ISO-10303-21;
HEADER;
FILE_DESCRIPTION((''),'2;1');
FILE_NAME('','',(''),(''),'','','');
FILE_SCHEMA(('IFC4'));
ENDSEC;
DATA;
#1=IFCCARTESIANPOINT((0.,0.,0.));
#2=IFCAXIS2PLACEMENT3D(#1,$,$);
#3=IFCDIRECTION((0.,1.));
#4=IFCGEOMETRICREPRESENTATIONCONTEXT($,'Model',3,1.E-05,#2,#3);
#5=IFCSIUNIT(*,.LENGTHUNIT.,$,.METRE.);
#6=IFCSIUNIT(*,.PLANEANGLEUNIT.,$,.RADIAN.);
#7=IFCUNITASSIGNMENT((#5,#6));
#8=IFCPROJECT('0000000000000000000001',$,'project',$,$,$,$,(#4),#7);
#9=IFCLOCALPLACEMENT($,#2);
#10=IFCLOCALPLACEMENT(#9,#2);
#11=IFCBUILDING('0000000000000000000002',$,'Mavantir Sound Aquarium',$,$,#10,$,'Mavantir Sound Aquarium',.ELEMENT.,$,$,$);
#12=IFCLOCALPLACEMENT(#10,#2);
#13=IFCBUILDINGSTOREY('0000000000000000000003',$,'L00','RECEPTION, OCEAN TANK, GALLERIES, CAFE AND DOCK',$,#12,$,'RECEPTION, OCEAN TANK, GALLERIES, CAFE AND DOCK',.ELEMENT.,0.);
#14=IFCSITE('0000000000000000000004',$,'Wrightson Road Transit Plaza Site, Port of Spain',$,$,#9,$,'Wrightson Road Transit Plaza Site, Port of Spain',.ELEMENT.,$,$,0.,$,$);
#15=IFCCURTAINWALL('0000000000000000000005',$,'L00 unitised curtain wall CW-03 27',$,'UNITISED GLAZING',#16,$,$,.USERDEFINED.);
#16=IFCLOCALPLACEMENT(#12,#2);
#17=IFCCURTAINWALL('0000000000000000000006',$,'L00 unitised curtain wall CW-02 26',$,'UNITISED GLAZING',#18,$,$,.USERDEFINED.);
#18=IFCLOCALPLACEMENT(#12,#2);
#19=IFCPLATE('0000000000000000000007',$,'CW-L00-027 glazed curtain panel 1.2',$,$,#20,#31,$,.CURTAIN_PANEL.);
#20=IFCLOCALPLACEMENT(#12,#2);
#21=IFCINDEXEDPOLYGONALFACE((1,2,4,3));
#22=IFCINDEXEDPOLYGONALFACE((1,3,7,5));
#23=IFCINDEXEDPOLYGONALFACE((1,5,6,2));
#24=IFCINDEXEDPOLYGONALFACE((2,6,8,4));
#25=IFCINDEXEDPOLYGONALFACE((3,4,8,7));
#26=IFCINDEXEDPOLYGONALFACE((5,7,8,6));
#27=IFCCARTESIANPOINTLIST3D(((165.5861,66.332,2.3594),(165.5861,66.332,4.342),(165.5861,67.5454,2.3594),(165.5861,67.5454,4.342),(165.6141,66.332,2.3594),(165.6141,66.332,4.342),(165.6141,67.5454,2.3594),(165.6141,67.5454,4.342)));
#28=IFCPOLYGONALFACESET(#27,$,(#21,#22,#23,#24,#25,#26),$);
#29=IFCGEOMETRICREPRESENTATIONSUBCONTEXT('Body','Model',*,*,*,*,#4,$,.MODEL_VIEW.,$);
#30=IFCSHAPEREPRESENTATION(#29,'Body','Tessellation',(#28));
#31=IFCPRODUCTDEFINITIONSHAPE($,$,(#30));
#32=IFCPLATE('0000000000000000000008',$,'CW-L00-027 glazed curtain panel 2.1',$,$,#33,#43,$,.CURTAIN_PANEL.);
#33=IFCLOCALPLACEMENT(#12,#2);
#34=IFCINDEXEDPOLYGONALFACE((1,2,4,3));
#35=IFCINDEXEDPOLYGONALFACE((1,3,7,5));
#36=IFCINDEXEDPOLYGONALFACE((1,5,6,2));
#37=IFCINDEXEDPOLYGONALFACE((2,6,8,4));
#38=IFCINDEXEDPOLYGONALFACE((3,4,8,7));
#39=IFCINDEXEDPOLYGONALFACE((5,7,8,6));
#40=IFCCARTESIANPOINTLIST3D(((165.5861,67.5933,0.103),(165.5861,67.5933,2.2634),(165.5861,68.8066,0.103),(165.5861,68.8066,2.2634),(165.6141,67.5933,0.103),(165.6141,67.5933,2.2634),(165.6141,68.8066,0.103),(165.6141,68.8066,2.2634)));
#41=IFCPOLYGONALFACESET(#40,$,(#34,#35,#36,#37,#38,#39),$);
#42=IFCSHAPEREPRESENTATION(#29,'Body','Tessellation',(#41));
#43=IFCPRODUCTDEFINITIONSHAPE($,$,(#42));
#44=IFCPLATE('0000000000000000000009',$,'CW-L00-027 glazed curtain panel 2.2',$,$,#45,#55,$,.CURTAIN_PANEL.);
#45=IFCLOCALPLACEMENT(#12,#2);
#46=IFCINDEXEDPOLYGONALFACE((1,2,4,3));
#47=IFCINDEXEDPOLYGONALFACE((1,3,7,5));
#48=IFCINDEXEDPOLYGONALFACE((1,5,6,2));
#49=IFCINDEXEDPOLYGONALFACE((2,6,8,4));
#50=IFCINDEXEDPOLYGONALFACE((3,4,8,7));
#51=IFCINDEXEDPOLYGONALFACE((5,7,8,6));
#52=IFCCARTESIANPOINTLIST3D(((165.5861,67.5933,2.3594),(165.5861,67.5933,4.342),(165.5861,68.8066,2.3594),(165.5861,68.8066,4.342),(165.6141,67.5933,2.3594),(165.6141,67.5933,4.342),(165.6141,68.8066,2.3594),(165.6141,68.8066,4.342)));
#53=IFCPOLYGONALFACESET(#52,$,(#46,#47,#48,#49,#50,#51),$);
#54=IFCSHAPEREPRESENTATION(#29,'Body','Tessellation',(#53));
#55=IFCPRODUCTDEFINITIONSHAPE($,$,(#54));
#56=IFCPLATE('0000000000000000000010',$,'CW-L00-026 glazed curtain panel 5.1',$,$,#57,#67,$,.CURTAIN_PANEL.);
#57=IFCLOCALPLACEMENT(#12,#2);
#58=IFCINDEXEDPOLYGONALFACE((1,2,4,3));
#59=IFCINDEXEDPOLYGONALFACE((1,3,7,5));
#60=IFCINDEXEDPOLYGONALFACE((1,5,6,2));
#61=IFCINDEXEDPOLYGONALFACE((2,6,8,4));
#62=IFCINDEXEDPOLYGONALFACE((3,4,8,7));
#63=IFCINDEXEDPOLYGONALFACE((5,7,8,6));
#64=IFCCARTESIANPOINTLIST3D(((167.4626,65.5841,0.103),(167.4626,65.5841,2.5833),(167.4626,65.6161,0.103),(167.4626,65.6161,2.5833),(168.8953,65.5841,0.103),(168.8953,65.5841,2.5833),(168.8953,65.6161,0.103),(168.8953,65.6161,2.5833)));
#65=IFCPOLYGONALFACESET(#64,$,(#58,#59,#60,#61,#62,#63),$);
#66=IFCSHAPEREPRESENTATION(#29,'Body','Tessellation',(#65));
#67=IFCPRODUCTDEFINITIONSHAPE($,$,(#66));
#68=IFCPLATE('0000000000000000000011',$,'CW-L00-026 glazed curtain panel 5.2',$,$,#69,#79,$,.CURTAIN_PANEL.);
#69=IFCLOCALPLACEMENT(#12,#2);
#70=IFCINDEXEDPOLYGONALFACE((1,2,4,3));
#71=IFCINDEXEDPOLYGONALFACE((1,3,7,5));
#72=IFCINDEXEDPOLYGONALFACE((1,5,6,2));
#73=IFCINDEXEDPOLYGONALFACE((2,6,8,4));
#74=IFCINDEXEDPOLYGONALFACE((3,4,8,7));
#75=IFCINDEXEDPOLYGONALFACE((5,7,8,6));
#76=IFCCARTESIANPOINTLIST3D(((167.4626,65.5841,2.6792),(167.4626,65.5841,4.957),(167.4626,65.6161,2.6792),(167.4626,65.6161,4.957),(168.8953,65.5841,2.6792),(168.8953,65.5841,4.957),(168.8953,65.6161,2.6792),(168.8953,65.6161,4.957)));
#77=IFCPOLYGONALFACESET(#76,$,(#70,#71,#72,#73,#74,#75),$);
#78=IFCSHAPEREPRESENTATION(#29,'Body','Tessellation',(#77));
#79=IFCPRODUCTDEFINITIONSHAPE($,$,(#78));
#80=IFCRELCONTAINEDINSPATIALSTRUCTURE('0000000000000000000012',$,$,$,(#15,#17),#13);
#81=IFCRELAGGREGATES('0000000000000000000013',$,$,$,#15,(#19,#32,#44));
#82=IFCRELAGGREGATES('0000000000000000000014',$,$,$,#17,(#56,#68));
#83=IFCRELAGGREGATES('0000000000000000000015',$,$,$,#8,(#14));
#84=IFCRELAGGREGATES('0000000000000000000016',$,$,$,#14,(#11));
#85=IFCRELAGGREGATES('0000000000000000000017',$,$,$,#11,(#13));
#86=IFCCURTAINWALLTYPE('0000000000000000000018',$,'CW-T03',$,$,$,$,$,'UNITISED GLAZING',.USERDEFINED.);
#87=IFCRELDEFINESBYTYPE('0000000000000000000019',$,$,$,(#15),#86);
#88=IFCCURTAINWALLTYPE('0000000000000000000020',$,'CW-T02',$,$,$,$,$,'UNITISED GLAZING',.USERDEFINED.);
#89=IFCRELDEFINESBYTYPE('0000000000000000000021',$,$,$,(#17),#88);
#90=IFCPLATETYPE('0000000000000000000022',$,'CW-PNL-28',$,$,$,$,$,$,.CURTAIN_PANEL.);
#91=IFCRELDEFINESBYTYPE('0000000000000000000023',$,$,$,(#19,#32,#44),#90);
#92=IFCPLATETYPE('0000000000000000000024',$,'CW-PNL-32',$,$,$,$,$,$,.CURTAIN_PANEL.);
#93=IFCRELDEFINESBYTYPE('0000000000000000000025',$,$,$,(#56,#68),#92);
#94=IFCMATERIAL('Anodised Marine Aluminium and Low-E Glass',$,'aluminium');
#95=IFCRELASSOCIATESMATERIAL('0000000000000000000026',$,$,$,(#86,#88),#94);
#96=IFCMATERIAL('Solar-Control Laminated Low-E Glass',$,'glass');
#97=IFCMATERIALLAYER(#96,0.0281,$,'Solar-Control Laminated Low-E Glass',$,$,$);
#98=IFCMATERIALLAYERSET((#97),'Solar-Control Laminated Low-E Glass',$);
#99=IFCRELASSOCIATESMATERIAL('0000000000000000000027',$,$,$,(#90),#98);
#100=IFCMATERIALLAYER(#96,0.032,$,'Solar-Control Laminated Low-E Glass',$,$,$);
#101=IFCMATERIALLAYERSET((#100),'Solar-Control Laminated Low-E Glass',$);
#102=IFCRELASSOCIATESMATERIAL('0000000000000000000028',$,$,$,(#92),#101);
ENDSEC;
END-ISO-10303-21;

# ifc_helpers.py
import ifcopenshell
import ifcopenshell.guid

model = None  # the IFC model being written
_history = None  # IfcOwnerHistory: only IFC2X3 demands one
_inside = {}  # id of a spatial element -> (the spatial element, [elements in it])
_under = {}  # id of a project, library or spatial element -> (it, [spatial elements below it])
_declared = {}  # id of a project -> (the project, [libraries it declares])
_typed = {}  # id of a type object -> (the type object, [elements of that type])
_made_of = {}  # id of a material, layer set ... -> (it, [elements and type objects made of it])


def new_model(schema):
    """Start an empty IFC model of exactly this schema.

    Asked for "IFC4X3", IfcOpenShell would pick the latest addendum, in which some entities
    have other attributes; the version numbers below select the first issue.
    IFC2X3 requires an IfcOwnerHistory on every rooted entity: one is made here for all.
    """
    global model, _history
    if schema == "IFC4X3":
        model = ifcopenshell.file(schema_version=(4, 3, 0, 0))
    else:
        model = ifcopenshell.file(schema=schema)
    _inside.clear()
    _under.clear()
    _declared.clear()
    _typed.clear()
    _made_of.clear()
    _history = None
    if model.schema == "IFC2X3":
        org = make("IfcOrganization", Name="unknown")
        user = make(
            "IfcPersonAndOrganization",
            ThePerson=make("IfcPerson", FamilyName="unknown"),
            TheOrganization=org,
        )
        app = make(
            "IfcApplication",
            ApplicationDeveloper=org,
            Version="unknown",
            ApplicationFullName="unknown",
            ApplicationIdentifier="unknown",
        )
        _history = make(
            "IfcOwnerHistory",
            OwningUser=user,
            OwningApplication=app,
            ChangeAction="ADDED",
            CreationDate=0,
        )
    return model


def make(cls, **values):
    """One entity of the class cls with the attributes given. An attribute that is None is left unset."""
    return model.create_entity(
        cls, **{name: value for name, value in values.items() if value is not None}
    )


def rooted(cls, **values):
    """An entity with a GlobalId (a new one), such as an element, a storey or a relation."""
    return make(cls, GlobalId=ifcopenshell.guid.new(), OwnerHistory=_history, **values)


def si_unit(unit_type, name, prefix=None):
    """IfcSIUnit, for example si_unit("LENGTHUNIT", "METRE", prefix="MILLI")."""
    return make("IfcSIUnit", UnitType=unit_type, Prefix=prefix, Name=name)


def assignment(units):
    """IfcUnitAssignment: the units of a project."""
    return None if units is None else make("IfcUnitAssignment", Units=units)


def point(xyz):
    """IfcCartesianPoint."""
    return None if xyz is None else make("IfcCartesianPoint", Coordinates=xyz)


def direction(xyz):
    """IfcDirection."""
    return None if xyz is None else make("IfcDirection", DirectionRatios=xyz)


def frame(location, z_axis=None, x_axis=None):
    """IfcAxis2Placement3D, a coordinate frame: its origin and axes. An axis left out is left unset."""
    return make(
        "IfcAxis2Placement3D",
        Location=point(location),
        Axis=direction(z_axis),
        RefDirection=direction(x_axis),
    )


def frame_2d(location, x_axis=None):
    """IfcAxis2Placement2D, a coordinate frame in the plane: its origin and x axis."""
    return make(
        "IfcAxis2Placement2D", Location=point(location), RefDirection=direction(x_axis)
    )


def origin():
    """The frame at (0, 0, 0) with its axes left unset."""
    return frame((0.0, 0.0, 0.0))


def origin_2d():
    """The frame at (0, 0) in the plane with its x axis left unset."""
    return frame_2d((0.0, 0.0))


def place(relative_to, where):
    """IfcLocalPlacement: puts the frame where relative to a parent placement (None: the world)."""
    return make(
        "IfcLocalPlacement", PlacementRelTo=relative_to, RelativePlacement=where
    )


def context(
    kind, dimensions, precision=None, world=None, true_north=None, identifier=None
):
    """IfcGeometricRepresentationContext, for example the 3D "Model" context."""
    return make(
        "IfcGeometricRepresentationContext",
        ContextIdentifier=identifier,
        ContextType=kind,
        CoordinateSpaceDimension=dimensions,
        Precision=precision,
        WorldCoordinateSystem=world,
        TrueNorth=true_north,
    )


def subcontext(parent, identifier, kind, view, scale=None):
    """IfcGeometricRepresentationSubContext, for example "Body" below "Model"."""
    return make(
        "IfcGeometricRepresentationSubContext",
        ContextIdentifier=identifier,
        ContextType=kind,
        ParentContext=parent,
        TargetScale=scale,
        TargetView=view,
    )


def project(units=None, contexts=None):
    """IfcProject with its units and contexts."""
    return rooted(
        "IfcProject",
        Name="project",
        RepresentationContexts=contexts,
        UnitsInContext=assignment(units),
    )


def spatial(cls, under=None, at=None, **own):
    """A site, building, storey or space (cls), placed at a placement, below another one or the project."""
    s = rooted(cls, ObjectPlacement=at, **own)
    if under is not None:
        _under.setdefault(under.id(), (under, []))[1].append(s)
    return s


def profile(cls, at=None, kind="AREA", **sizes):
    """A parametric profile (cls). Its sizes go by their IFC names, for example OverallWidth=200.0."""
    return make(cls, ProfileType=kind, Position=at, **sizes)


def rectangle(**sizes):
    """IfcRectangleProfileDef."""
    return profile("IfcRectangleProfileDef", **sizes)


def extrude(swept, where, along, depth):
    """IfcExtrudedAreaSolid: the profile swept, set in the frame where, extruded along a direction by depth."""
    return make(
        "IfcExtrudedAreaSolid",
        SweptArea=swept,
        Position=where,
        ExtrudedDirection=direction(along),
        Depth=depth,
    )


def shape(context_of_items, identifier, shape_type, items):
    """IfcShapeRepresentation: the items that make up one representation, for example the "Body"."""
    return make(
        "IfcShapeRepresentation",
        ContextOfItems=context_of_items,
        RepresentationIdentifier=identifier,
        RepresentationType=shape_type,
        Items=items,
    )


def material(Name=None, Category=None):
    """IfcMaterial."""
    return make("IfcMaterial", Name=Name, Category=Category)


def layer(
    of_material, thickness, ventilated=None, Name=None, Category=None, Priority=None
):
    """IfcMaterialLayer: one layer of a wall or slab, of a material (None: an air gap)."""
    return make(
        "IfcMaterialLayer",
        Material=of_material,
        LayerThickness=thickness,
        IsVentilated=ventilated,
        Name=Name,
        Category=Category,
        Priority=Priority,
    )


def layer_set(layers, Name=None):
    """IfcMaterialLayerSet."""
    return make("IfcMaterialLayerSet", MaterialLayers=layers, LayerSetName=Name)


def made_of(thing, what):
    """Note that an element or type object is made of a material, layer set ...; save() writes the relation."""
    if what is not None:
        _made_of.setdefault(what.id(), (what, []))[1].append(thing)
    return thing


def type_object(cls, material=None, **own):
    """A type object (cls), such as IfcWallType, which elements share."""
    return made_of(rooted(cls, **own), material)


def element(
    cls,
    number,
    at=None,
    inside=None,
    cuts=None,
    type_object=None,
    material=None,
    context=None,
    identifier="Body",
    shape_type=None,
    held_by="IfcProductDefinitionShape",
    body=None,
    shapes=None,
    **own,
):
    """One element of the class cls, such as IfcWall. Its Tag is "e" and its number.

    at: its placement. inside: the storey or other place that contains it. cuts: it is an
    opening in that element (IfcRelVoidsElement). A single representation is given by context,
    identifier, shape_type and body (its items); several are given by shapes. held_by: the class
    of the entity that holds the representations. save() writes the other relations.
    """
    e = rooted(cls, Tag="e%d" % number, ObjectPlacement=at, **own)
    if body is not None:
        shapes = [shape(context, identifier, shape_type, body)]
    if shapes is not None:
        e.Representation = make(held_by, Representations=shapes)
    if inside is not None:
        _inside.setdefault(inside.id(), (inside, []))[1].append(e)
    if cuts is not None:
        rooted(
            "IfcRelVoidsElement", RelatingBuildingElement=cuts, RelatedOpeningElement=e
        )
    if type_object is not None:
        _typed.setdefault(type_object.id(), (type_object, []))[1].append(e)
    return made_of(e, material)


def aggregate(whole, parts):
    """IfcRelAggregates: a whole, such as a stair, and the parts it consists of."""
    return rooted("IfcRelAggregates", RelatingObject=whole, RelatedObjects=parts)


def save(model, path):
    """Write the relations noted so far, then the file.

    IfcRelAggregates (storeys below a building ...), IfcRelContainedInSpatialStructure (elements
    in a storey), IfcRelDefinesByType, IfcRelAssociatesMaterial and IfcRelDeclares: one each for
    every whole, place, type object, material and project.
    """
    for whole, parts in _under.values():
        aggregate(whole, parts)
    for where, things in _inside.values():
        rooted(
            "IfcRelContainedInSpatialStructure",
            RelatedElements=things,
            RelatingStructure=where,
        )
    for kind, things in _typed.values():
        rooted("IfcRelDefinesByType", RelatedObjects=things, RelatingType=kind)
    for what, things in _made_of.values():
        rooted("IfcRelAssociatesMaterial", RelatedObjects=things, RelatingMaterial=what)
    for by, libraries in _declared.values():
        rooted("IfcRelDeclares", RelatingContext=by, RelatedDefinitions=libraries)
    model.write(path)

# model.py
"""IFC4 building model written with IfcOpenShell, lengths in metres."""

from ifc_helpers import new_model, si_unit, direction, frame, origin, origin_2d, place, context, subcontext, project, spatial, rectangle, extrude, material, layer, layer_set, type_object, element, aggregate, save


model = new_model("IFC4")

# Units and contexts
model_context = context("Model", 3, precision=1e-05, world=origin(), true_north=direction((0.0, 1.0)))
body_context = subcontext(model_context, "Body", "Model", "MODEL_VIEW")
ifc_project = project(units=[si_unit("LENGTHUNIT", "METRE"), si_unit("PLANEANGLEUNIT", "RADIAN")], contexts=[model_context])

# Site, building, storey
site_placement = place(None, origin())
site = spatial("IfcSite", under=ifc_project, at=site_placement, Name="Wrightson Road Transit Plaza Site, Port of Spain", LongName="Wrightson Road Transit Plaza Site, Port of Spain", CompositionType="ELEMENT", RefElevation=0.0)
building_placement = place(site_placement, origin())
building = spatial("IfcBuilding", under=site, at=building_placement, Name="Mavantir Sound Aquarium", LongName="Mavantir Sound Aquarium", CompositionType="ELEMENT")
storey_placement = place(building_placement, origin())
storey = spatial("IfcBuildingStorey", under=building, at=storey_placement, Name="L00", Description="RECEPTION, OCEAN TANK, GALLERIES, CAFE AND DOCK", LongName="RECEPTION, OCEAN TANK, GALLERIES, CAFE AND DOCK", CompositionType="ELEMENT", Elevation=0.0)

# Curtain walls
ifc_material_1 = material(Name="Anodised Marine Aluminium and Low-E Glass", Category="aluminium")
curtain_wall_type_1 = type_object("IfcCurtainWallType", Name="CW-T03", ElementType="UNITISED GLAZING", PredefinedType="USERDEFINED", material=ifc_material_1)
curtain_wall_1_placement = place(storey_placement, origin())
curtain_wall_1 = element("IfcCurtainWall", 1, at=curtain_wall_1_placement, inside=storey, type_object=curtain_wall_type_1, Name="L00 unitised curtain wall CW-03 27", ObjectType="UNITISED GLAZING", PredefinedType="USERDEFINED")
curtain_wall_type_2 = type_object("IfcCurtainWallType", Name="CW-T02", ElementType="UNITISED GLAZING", PredefinedType="USERDEFINED", material=ifc_material_1)
curtain_wall_2_placement = place(storey_placement, origin())
curtain_wall_2 = element("IfcCurtainWall", 2, at=curtain_wall_2_placement, inside=storey, type_object=curtain_wall_type_2, Name="L00 unitised curtain wall CW-02 26", ObjectType="UNITISED GLAZING", PredefinedType="USERDEFINED")

# Plates
ifc_material_2 = material(Name="Solar-Control Laminated Low-E Glass", Category="glass")
ifc_layer_1 = layer(ifc_material_2, 0.0281, Name="Solar-Control Laminated Low-E Glass")
ifc_layer_set_1 = layer_set([ifc_layer_1], Name="Solar-Control Laminated Low-E Glass")
plate_type_1 = type_object("IfcPlateType", Name="CW-PNL-28", PredefinedType="CURTAIN_PANEL", material=ifc_layer_set_1)
plate_1_placement = place(storey_placement, frame((165.6001, 66.9387, 2.3594), z_axis=(0.0, 0.0, 1.0), x_axis=(0.0, 1.0, 0.0)))
plate_1 = element("IfcPlate", 3, at=plate_1_placement, type_object=plate_type_1, Name="CW-L00-027 glazed curtain panel 1.2", PredefinedType="CURTAIN_PANEL", context=body_context, shape_type="SweptSolid", body=[
    extrude(rectangle(XDim=1.2134, YDim=0.0281, at=origin_2d()), origin(), (0.0, 0.0, 1.0), 1.9827),
])
plate_2_placement = place(storey_placement, frame((165.6001, 68.2, 0.103), z_axis=(0.0, 0.0, 1.0), x_axis=(0.0, 1.0, 0.0)))
plate_2 = element("IfcPlate", 4, at=plate_2_placement, type_object=plate_type_1, Name="CW-L00-027 glazed curtain panel 2.1", PredefinedType="CURTAIN_PANEL", context=body_context, shape_type="SweptSolid", body=[
    extrude(rectangle(XDim=1.2134, YDim=0.0281, at=origin_2d()), origin(), (0.0, 0.0, 1.0), 2.1604),
])
plate_3_placement = place(storey_placement, frame((165.6001, 68.2, 2.3594), z_axis=(0.0, 0.0, 1.0), x_axis=(0.0, 1.0, 0.0)))
plate_3 = element("IfcPlate", 5, at=plate_3_placement, type_object=plate_type_1, Name="CW-L00-027 glazed curtain panel 2.2", PredefinedType="CURTAIN_PANEL", context=body_context, shape_type="SweptSolid", body=[
    extrude(rectangle(XDim=1.2134, YDim=0.0281, at=origin_2d()), origin(), (0.0, 0.0, 1.0), 1.9827),
])
aggregate(curtain_wall_1, [plate_1, plate_2, plate_3])
ifc_layer_2 = layer(ifc_material_2, 0.032, Name="Solar-Control Laminated Low-E Glass")
ifc_layer_set_2 = layer_set([ifc_layer_2], Name="Solar-Control Laminated Low-E Glass")
plate_type_2 = type_object("IfcPlateType", Name="CW-PNL-32", PredefinedType="CURTAIN_PANEL", material=ifc_layer_set_2)
plate_4_placement = place(storey_placement, frame((168.179, 65.6001, 0.103), z_axis=(0.0, 0.0, 1.0), x_axis=(-1.0, 0.0, 0.0)))
plate_4 = element("IfcPlate", 6, at=plate_4_placement, type_object=plate_type_2, Name="CW-L00-026 glazed curtain panel 5.1", PredefinedType="CURTAIN_PANEL", context=body_context, shape_type="SweptSolid", body=[
    extrude(rectangle(XDim=1.4326, YDim=0.032, at=origin_2d()), origin(), (0.0, 0.0, 1.0), 2.4802),
])
plate_5_placement = place(storey_placement, frame((168.179, 65.6001, 2.6792), z_axis=(0.0, 0.0, 1.0), x_axis=(-1.0, 0.0, 0.0)))
plate_5 = element("IfcPlate", 7, at=plate_5_placement, type_object=plate_type_2, Name="CW-L00-026 glazed curtain panel 5.2", PredefinedType="CURTAIN_PANEL", context=body_context, shape_type="SweptSolid", body=[
    extrude(rectangle(XDim=1.4326, YDim=0.032, at=origin_2d()), origin(), (0.0, 0.0, 1.0), 2.2778),
])
aggregate(curtain_wall_2, [plate_4, plate_5])

save(model, "model.ifc")
